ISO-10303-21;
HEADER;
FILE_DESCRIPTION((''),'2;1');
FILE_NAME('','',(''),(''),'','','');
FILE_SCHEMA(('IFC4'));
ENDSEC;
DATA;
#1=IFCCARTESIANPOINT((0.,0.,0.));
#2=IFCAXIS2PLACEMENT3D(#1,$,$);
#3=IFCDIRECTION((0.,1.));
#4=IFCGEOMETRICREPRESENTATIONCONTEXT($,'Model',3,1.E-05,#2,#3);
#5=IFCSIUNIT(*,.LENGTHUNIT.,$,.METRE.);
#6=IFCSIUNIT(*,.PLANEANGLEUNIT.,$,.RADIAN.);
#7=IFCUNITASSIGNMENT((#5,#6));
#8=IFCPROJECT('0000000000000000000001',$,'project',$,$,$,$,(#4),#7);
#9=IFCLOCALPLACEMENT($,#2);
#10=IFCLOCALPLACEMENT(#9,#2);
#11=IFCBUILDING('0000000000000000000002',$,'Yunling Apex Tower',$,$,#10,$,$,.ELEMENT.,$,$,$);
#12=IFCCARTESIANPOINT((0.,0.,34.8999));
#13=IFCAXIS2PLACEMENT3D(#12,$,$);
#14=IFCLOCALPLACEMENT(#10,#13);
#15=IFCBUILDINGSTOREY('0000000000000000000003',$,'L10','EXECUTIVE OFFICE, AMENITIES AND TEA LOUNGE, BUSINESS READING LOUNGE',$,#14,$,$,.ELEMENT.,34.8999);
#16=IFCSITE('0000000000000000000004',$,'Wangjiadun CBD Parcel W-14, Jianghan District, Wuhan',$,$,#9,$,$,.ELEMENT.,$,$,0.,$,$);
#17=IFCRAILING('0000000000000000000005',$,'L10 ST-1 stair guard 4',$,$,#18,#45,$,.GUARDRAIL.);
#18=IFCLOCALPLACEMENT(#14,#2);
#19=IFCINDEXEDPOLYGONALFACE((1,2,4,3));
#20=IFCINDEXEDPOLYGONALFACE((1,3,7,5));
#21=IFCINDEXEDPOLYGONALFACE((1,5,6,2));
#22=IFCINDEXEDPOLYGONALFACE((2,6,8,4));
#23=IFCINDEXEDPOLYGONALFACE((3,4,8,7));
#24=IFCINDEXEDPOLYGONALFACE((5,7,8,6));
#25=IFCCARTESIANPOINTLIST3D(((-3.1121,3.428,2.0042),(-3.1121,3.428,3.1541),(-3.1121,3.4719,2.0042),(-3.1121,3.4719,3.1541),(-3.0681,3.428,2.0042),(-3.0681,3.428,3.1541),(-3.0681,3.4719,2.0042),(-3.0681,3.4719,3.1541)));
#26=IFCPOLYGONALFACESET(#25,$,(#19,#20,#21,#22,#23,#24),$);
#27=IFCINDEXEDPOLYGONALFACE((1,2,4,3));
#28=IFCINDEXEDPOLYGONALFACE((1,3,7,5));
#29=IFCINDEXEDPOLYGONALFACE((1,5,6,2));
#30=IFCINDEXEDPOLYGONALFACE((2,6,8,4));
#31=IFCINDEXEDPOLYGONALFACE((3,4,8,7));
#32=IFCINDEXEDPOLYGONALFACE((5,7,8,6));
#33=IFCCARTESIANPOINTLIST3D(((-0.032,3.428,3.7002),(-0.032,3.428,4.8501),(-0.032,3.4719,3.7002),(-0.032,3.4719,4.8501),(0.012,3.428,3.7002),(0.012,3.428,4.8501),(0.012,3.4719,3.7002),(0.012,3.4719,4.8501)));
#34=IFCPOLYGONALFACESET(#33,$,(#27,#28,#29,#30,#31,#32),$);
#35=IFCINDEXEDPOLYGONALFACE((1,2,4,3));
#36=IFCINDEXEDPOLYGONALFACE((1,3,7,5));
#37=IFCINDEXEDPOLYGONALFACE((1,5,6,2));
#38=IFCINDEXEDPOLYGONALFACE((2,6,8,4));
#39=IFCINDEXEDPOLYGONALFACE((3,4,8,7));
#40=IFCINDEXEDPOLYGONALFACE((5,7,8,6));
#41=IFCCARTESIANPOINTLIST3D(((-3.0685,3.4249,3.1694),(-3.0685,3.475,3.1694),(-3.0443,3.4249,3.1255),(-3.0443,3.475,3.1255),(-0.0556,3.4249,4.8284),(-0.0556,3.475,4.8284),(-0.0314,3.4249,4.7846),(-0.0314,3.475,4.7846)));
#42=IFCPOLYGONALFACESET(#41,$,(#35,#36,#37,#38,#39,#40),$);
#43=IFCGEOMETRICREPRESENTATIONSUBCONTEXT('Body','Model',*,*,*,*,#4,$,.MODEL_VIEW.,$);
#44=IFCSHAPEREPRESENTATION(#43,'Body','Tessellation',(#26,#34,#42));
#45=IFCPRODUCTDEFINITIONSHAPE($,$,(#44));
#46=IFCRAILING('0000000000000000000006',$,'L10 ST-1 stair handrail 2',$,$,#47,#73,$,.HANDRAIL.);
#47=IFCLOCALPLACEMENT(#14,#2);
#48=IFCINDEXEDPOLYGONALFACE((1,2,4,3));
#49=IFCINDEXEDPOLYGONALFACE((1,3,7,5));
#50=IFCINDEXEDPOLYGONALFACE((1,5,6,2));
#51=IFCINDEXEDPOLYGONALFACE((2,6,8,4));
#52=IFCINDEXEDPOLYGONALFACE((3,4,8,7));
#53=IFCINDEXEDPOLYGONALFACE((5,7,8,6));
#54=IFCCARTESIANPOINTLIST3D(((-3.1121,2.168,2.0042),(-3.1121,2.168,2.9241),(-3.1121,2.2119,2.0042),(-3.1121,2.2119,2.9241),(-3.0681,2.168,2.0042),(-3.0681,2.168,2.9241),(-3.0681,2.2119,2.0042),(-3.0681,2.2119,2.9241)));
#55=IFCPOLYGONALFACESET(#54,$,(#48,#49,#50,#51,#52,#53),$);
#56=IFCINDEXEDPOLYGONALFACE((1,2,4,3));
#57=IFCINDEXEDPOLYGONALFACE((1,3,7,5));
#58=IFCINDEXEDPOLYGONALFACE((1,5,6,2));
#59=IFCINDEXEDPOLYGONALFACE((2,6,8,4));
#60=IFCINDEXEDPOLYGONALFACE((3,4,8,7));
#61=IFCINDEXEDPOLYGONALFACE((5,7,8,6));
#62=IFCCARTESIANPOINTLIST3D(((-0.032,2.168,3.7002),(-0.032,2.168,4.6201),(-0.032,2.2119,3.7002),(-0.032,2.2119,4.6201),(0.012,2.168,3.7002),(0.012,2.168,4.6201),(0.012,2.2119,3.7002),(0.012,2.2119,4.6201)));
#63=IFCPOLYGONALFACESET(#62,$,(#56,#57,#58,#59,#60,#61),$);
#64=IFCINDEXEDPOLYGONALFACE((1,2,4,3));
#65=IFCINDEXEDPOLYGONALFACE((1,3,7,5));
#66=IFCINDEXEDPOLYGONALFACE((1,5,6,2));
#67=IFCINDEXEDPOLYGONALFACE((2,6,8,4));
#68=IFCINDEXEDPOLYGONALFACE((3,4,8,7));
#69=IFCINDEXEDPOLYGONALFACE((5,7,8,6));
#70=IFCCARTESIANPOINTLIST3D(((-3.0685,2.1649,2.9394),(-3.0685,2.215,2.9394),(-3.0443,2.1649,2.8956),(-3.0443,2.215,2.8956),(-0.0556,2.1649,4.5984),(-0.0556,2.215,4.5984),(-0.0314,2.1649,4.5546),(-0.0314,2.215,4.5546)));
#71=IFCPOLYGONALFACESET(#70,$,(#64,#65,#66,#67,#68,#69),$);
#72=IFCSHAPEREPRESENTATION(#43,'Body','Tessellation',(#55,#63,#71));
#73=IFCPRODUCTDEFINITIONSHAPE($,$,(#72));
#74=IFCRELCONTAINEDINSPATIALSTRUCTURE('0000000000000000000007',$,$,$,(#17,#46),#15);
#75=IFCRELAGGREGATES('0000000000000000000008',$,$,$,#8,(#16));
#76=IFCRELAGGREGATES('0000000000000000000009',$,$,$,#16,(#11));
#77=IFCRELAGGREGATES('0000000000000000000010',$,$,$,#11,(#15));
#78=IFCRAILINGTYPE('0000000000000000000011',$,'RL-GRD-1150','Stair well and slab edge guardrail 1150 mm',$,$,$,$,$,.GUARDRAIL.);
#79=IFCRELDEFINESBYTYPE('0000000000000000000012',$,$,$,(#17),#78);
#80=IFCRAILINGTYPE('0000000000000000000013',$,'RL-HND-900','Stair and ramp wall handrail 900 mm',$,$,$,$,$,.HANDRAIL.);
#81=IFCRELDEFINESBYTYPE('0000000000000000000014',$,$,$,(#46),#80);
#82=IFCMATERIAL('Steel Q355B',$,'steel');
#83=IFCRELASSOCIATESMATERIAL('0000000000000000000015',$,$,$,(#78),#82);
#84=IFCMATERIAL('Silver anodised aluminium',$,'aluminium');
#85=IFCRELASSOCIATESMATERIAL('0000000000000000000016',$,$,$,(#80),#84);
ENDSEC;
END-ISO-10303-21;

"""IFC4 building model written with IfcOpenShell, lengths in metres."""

from ifc_helpers import new_model, si_unit, direction, frame, origin, origin_2d, place, context, subcontext, project, spatial, rectangle, extrude, material, type_object, element, save


model = new_model("IFC4")

# Units and contexts
model_context = context("Model", 3, precision=1e-05, world=origin(), true_north=direction((0.0, 1.0)))
body_context = subcontext(model_context, "Body", "Model", "MODEL_VIEW")
ifc_project = project(units=[si_unit("LENGTHUNIT", "METRE"), si_unit("PLANEANGLEUNIT", "RADIAN")], contexts=[model_context])

# Site, building, storey
site_placement = place(None, origin())
site = spatial("IfcSite", under=ifc_project, at=site_placement, Name="Wangjiadun CBD Parcel W-14, Jianghan District, Wuhan", CompositionType="ELEMENT", RefElevation=0.0)
building_placement = place(site_placement, origin())
building = spatial("IfcBuilding", under=site, at=building_placement, Name="Yunling Apex Tower", CompositionType="ELEMENT")
storey_placement = place(building_placement, frame((0.0, 0.0, 34.8999)))
storey = spatial("IfcBuildingStorey", under=building, at=storey_placement, Name="L10", Description="EXECUTIVE OFFICE, AMENITIES AND TEA LOUNGE, BUSINESS READING LOUNGE", CompositionType="ELEMENT", Elevation=34.8999)

# Shared definitions
ifc_material_1 = material(Name="Steel Q355B", Category="steel")

# Shared definitions
ifc_material_2 = material(Name="Silver anodised aluminium", Category="aluminium")

# Railings
railing_type_1 = type_object("IfcRailingType", Name="RL-GRD-1150", Description="Stair well and slab edge guardrail 1150 mm", PredefinedType="GUARDRAIL", material=ifc_material_1)
railing_1_placement = place(storey_placement, frame((-3.0901, 3.45, 2.0042)))
element("IfcRailing", 1, at=railing_1_placement, inside=storey, type_object=railing_type_1, Name="L10 ST-1 stair guard 4", PredefinedType="GUARDRAIL", context=body_context, shape_type="SweptSolid", body=[
    extrude(rectangle(XDim=0.0439, YDim=0.0439, at=origin_2d()), origin(), (0.0, 0.0, 1.0), 1.1499),
    extrude(rectangle(XDim=0.0439, YDim=0.0439, at=origin_2d()), frame((3.0801, 0.0, 1.696)), (0.0, 0.0, 1.0), 1.1499),
    extrude(rectangle(XDim=0.05, YDim=0.05, at=origin_2d()), frame((0.0337, 0.0, 1.1433), z_axis=(0.875975, 0.0, 0.482356), x_axis=(0.0, 1.0, 0.0)), (0.0, 0.0, 1.0), 3.4395),
])
railing_type_2 = type_object("IfcRailingType", Name="RL-HND-900", Description="Stair and ramp wall handrail 900 mm", PredefinedType="HANDRAIL", material=ifc_material_2)
railing_2_placement = place(storey_placement, frame((-3.0901, 2.1899, 2.0042)))
element("IfcRailing", 2, at=railing_2_placement, inside=storey, type_object=railing_type_2, Name="L10 ST-1 stair handrail 2", PredefinedType="HANDRAIL", context=body_context, shape_type="SweptSolid", body=[
    extrude(rectangle(XDim=0.0439, YDim=0.0439, at=origin_2d()), origin(), (0.0, 0.0, 1.0), 0.9199),
    extrude(rectangle(XDim=0.0439, YDim=0.0439, at=origin_2d()), frame((3.0801, 0.0, 1.696)), (0.0, 0.0, 1.0), 0.9199),
    extrude(rectangle(XDim=0.05, YDim=0.05, at=origin_2d()), frame((0.0337, 0.0, 0.9133), z_axis=(0.875975, 0.0, 0.482356), x_axis=(0.0, 1.0, 0.0)), (0.0, 0.0, 1.0), 3.4395),
])

save(model, "model.ifc")
